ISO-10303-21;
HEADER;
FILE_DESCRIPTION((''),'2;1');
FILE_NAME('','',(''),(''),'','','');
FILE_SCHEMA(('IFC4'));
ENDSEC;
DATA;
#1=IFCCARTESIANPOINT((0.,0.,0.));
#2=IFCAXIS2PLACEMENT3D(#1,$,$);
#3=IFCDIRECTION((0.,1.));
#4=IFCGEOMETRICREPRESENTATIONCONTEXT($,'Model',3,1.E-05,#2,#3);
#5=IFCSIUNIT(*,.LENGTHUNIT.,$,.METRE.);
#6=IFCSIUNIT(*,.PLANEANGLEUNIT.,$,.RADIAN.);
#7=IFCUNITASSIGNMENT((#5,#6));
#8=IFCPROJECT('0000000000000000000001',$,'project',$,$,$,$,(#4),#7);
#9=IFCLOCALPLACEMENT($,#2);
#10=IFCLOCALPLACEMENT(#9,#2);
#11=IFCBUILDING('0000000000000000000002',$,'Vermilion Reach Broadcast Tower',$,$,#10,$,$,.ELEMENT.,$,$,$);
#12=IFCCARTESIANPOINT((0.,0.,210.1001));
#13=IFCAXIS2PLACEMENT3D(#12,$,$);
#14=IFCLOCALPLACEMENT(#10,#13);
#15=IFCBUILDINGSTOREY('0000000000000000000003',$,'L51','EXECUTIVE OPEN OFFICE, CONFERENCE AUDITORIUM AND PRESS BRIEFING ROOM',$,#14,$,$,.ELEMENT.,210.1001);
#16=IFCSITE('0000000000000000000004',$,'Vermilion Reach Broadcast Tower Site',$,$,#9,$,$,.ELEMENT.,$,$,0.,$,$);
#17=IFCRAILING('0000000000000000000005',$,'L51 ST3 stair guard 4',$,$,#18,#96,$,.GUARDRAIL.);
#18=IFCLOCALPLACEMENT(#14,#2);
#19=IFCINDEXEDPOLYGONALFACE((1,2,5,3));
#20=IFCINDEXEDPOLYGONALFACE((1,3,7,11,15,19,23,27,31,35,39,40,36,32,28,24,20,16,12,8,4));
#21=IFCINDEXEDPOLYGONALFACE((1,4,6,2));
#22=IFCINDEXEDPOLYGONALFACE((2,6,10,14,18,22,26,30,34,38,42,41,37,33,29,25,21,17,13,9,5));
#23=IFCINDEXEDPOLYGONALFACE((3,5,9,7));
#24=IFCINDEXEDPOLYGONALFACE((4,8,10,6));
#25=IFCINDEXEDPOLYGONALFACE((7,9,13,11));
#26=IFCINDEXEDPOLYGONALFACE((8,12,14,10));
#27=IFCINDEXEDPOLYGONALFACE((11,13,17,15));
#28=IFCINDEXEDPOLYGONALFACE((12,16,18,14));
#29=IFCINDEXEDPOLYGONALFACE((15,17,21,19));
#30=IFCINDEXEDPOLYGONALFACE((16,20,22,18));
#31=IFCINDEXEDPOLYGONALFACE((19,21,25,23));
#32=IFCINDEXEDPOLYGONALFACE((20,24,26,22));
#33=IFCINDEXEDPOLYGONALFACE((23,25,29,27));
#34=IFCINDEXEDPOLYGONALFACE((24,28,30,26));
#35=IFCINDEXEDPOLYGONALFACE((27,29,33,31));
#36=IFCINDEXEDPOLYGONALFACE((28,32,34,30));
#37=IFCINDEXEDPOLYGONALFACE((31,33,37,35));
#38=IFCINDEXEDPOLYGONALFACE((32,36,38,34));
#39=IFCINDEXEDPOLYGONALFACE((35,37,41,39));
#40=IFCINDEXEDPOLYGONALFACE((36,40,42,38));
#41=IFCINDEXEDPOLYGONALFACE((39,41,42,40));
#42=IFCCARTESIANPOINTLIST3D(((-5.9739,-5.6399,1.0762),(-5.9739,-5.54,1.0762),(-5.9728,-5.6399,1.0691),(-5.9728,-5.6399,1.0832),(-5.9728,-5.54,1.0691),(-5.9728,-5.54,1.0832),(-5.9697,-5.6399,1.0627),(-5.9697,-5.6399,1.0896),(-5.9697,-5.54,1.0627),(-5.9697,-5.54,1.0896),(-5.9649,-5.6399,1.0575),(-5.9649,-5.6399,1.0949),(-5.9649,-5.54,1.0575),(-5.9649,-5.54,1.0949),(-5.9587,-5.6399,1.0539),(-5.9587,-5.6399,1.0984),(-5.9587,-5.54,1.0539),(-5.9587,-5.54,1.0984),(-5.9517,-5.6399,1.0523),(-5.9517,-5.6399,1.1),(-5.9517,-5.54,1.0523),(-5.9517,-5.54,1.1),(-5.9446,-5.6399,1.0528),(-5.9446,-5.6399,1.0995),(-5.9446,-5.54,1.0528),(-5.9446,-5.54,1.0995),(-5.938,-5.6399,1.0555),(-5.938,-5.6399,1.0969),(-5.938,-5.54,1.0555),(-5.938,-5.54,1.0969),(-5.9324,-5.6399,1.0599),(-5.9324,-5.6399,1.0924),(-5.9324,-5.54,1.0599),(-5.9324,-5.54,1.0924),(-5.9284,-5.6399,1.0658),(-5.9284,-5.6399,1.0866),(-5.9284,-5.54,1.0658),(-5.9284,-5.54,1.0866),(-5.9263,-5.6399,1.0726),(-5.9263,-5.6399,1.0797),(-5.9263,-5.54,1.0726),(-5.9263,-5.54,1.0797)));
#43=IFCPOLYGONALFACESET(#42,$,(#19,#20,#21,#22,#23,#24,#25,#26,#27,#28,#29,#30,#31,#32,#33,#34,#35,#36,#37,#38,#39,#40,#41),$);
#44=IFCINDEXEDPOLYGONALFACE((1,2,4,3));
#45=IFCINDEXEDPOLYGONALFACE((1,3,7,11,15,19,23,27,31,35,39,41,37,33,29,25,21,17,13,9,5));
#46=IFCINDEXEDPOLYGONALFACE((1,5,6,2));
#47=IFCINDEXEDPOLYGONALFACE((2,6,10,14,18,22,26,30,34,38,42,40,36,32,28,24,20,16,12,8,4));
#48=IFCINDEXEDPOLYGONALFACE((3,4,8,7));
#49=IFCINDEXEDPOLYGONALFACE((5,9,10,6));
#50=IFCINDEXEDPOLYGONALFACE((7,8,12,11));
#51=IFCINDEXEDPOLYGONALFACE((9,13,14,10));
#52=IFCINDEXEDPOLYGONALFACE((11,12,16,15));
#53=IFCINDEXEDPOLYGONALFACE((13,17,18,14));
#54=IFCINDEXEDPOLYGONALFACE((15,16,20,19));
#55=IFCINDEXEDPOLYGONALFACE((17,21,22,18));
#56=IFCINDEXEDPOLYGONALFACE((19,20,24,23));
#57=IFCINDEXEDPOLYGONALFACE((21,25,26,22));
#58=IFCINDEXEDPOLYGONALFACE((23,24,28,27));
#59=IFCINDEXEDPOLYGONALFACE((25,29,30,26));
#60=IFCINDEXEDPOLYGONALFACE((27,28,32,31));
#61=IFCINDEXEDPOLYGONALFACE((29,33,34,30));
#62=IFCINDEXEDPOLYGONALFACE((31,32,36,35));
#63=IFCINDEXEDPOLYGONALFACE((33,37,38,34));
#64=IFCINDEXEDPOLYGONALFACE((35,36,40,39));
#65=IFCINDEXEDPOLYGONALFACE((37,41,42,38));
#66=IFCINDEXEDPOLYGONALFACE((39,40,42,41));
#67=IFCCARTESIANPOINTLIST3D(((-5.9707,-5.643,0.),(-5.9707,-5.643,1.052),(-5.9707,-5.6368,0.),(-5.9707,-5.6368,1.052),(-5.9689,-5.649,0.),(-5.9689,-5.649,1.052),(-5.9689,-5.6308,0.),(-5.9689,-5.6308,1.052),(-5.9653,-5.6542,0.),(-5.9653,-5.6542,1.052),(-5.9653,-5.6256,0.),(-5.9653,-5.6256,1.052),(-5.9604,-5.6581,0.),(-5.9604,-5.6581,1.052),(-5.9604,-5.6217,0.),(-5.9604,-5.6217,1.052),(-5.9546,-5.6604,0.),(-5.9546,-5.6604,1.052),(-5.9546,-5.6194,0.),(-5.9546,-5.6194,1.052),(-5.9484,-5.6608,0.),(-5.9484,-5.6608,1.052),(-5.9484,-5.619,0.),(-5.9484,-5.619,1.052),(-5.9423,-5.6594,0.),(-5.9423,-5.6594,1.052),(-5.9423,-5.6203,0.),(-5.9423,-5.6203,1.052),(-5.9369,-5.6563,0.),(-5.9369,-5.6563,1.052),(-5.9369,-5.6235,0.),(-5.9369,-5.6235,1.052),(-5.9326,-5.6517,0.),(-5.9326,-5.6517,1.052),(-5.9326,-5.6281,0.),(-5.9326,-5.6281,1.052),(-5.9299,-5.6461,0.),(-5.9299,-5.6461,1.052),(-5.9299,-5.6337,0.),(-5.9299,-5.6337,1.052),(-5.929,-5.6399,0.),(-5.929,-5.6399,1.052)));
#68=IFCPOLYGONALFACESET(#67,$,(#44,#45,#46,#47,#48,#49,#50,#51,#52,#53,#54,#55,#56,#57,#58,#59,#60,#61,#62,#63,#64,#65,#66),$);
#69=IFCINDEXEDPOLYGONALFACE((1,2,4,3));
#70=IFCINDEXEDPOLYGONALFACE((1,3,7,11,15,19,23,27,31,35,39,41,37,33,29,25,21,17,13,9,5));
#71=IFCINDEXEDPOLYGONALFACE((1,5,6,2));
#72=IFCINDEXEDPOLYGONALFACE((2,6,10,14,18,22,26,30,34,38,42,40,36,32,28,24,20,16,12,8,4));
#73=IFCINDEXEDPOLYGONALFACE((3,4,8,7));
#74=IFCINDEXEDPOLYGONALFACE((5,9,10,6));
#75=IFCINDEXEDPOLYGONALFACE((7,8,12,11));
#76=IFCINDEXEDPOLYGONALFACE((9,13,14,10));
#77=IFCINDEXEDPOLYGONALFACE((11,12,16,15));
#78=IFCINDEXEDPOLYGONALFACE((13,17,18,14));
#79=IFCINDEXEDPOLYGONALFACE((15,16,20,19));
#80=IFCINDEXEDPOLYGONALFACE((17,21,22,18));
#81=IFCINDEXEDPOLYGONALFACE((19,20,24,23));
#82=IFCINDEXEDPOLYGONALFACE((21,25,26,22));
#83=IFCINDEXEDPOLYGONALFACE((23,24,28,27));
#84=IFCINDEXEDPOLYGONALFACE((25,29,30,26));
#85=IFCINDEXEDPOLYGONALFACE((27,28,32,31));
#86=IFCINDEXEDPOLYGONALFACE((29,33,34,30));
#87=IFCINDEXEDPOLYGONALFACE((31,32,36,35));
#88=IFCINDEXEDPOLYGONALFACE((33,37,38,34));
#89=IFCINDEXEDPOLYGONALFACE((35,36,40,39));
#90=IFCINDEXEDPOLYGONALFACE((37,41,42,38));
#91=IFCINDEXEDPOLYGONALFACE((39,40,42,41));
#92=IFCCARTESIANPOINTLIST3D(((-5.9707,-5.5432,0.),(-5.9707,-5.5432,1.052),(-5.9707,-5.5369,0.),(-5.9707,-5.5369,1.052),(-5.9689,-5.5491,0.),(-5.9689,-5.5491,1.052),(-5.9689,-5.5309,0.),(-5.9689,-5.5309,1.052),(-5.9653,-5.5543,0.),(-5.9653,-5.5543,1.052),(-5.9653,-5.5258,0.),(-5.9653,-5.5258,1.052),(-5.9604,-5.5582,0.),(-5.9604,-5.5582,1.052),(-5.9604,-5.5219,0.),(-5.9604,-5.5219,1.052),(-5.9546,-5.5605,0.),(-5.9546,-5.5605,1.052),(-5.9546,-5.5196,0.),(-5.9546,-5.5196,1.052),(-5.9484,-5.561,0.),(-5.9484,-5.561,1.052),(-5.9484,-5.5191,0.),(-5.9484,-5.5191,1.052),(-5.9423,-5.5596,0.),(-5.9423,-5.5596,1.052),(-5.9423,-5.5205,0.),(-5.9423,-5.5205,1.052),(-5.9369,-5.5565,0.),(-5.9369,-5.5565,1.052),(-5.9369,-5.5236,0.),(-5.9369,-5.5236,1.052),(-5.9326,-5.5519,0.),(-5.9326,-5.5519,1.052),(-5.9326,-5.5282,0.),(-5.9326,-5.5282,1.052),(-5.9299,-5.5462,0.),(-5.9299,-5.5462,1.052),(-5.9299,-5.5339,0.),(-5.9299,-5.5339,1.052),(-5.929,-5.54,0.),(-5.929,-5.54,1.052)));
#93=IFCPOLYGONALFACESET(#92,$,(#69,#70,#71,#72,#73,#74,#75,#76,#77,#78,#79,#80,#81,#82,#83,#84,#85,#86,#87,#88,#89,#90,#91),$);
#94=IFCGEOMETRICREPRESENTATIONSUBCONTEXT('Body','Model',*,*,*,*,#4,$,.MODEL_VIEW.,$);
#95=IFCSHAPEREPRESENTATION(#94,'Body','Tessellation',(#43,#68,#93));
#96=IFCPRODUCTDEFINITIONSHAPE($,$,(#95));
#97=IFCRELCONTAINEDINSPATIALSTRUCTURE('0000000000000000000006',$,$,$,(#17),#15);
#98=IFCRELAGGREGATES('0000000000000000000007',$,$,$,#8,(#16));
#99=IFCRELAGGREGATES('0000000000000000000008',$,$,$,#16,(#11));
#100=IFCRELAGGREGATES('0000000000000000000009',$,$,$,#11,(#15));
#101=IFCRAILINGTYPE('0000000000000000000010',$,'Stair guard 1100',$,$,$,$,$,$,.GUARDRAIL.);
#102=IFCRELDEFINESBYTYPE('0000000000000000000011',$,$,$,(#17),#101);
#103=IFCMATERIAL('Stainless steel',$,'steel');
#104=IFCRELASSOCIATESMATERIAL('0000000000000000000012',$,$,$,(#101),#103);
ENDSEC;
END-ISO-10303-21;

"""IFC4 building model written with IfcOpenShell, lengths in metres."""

from ifc_helpers import new_model, si_unit, direction, frame, origin, origin_2d, place, context, subcontext, project, spatial, circle, extrude, material, type_object, element, save


model = new_model("IFC4")

# Units and contexts
model_context = context("Model", 3, precision=1e-05, world=origin(), true_north=direction((0.0, 1.0)))
body_context = subcontext(model_context, "Body", "Model", "MODEL_VIEW")
ifc_project = project(units=[si_unit("LENGTHUNIT", "METRE"), si_unit("PLANEANGLEUNIT", "RADIAN")], contexts=[model_context])

# Site, building, storey
site_placement = place(None, origin())
site = spatial("IfcSite", under=ifc_project, at=site_placement, Name="Vermilion Reach Broadcast Tower Site", CompositionType="ELEMENT", RefElevation=0.0)
building_placement = place(site_placement, origin())
building = spatial("IfcBuilding", under=site, at=building_placement, Name="Vermilion Reach Broadcast Tower", CompositionType="ELEMENT")
storey_placement = place(building_placement, frame((0.0, 0.0, 210.1001)))
storey = spatial("IfcBuildingStorey", under=building, at=storey_placement, Name="L51", Description="EXECUTIVE OPEN OFFICE, CONFERENCE AUDITORIUM AND PRESS BRIEFING ROOM", CompositionType="ELEMENT", Elevation=210.1001)

# Railing
ifc_material_1 = material(Name="Stainless steel", Category="steel")
railing_type_1 = type_object("IfcRailingType", Name="Stair guard 1100", PredefinedType="GUARDRAIL", material=ifc_material_1)
railing_1_placement = place(storey_placement, frame((-5.95, -5.6399, 0.0)))
element("IfcRailing", 1, at=railing_1_placement, inside=storey, type_object=railing_type_1, Name="L51 ST3 stair guard 4", PredefinedType="GUARDRAIL", context=body_context, shape_type="SweptSolid", body=[
    extrude(circle(Radius=0.0239, at=origin_2d()), frame((0.0, 0.0, 1.0762), z_axis=(0.0, 1.0, 0.0), x_axis=(-1.0, 0.0, 0.0)), (0.0, 0.0, 1.0), 0.0999),
    extrude(circle(Radius=0.021, at=origin_2d()), origin(), (0.0, 0.0, 1.0), 1.052),
    extrude(circle(Radius=0.021, at=origin_2d()), frame((0.0, 0.0999, 0.0)), (0.0, 0.0, 1.0), 1.052),
])

save(model, "model.ifc")
